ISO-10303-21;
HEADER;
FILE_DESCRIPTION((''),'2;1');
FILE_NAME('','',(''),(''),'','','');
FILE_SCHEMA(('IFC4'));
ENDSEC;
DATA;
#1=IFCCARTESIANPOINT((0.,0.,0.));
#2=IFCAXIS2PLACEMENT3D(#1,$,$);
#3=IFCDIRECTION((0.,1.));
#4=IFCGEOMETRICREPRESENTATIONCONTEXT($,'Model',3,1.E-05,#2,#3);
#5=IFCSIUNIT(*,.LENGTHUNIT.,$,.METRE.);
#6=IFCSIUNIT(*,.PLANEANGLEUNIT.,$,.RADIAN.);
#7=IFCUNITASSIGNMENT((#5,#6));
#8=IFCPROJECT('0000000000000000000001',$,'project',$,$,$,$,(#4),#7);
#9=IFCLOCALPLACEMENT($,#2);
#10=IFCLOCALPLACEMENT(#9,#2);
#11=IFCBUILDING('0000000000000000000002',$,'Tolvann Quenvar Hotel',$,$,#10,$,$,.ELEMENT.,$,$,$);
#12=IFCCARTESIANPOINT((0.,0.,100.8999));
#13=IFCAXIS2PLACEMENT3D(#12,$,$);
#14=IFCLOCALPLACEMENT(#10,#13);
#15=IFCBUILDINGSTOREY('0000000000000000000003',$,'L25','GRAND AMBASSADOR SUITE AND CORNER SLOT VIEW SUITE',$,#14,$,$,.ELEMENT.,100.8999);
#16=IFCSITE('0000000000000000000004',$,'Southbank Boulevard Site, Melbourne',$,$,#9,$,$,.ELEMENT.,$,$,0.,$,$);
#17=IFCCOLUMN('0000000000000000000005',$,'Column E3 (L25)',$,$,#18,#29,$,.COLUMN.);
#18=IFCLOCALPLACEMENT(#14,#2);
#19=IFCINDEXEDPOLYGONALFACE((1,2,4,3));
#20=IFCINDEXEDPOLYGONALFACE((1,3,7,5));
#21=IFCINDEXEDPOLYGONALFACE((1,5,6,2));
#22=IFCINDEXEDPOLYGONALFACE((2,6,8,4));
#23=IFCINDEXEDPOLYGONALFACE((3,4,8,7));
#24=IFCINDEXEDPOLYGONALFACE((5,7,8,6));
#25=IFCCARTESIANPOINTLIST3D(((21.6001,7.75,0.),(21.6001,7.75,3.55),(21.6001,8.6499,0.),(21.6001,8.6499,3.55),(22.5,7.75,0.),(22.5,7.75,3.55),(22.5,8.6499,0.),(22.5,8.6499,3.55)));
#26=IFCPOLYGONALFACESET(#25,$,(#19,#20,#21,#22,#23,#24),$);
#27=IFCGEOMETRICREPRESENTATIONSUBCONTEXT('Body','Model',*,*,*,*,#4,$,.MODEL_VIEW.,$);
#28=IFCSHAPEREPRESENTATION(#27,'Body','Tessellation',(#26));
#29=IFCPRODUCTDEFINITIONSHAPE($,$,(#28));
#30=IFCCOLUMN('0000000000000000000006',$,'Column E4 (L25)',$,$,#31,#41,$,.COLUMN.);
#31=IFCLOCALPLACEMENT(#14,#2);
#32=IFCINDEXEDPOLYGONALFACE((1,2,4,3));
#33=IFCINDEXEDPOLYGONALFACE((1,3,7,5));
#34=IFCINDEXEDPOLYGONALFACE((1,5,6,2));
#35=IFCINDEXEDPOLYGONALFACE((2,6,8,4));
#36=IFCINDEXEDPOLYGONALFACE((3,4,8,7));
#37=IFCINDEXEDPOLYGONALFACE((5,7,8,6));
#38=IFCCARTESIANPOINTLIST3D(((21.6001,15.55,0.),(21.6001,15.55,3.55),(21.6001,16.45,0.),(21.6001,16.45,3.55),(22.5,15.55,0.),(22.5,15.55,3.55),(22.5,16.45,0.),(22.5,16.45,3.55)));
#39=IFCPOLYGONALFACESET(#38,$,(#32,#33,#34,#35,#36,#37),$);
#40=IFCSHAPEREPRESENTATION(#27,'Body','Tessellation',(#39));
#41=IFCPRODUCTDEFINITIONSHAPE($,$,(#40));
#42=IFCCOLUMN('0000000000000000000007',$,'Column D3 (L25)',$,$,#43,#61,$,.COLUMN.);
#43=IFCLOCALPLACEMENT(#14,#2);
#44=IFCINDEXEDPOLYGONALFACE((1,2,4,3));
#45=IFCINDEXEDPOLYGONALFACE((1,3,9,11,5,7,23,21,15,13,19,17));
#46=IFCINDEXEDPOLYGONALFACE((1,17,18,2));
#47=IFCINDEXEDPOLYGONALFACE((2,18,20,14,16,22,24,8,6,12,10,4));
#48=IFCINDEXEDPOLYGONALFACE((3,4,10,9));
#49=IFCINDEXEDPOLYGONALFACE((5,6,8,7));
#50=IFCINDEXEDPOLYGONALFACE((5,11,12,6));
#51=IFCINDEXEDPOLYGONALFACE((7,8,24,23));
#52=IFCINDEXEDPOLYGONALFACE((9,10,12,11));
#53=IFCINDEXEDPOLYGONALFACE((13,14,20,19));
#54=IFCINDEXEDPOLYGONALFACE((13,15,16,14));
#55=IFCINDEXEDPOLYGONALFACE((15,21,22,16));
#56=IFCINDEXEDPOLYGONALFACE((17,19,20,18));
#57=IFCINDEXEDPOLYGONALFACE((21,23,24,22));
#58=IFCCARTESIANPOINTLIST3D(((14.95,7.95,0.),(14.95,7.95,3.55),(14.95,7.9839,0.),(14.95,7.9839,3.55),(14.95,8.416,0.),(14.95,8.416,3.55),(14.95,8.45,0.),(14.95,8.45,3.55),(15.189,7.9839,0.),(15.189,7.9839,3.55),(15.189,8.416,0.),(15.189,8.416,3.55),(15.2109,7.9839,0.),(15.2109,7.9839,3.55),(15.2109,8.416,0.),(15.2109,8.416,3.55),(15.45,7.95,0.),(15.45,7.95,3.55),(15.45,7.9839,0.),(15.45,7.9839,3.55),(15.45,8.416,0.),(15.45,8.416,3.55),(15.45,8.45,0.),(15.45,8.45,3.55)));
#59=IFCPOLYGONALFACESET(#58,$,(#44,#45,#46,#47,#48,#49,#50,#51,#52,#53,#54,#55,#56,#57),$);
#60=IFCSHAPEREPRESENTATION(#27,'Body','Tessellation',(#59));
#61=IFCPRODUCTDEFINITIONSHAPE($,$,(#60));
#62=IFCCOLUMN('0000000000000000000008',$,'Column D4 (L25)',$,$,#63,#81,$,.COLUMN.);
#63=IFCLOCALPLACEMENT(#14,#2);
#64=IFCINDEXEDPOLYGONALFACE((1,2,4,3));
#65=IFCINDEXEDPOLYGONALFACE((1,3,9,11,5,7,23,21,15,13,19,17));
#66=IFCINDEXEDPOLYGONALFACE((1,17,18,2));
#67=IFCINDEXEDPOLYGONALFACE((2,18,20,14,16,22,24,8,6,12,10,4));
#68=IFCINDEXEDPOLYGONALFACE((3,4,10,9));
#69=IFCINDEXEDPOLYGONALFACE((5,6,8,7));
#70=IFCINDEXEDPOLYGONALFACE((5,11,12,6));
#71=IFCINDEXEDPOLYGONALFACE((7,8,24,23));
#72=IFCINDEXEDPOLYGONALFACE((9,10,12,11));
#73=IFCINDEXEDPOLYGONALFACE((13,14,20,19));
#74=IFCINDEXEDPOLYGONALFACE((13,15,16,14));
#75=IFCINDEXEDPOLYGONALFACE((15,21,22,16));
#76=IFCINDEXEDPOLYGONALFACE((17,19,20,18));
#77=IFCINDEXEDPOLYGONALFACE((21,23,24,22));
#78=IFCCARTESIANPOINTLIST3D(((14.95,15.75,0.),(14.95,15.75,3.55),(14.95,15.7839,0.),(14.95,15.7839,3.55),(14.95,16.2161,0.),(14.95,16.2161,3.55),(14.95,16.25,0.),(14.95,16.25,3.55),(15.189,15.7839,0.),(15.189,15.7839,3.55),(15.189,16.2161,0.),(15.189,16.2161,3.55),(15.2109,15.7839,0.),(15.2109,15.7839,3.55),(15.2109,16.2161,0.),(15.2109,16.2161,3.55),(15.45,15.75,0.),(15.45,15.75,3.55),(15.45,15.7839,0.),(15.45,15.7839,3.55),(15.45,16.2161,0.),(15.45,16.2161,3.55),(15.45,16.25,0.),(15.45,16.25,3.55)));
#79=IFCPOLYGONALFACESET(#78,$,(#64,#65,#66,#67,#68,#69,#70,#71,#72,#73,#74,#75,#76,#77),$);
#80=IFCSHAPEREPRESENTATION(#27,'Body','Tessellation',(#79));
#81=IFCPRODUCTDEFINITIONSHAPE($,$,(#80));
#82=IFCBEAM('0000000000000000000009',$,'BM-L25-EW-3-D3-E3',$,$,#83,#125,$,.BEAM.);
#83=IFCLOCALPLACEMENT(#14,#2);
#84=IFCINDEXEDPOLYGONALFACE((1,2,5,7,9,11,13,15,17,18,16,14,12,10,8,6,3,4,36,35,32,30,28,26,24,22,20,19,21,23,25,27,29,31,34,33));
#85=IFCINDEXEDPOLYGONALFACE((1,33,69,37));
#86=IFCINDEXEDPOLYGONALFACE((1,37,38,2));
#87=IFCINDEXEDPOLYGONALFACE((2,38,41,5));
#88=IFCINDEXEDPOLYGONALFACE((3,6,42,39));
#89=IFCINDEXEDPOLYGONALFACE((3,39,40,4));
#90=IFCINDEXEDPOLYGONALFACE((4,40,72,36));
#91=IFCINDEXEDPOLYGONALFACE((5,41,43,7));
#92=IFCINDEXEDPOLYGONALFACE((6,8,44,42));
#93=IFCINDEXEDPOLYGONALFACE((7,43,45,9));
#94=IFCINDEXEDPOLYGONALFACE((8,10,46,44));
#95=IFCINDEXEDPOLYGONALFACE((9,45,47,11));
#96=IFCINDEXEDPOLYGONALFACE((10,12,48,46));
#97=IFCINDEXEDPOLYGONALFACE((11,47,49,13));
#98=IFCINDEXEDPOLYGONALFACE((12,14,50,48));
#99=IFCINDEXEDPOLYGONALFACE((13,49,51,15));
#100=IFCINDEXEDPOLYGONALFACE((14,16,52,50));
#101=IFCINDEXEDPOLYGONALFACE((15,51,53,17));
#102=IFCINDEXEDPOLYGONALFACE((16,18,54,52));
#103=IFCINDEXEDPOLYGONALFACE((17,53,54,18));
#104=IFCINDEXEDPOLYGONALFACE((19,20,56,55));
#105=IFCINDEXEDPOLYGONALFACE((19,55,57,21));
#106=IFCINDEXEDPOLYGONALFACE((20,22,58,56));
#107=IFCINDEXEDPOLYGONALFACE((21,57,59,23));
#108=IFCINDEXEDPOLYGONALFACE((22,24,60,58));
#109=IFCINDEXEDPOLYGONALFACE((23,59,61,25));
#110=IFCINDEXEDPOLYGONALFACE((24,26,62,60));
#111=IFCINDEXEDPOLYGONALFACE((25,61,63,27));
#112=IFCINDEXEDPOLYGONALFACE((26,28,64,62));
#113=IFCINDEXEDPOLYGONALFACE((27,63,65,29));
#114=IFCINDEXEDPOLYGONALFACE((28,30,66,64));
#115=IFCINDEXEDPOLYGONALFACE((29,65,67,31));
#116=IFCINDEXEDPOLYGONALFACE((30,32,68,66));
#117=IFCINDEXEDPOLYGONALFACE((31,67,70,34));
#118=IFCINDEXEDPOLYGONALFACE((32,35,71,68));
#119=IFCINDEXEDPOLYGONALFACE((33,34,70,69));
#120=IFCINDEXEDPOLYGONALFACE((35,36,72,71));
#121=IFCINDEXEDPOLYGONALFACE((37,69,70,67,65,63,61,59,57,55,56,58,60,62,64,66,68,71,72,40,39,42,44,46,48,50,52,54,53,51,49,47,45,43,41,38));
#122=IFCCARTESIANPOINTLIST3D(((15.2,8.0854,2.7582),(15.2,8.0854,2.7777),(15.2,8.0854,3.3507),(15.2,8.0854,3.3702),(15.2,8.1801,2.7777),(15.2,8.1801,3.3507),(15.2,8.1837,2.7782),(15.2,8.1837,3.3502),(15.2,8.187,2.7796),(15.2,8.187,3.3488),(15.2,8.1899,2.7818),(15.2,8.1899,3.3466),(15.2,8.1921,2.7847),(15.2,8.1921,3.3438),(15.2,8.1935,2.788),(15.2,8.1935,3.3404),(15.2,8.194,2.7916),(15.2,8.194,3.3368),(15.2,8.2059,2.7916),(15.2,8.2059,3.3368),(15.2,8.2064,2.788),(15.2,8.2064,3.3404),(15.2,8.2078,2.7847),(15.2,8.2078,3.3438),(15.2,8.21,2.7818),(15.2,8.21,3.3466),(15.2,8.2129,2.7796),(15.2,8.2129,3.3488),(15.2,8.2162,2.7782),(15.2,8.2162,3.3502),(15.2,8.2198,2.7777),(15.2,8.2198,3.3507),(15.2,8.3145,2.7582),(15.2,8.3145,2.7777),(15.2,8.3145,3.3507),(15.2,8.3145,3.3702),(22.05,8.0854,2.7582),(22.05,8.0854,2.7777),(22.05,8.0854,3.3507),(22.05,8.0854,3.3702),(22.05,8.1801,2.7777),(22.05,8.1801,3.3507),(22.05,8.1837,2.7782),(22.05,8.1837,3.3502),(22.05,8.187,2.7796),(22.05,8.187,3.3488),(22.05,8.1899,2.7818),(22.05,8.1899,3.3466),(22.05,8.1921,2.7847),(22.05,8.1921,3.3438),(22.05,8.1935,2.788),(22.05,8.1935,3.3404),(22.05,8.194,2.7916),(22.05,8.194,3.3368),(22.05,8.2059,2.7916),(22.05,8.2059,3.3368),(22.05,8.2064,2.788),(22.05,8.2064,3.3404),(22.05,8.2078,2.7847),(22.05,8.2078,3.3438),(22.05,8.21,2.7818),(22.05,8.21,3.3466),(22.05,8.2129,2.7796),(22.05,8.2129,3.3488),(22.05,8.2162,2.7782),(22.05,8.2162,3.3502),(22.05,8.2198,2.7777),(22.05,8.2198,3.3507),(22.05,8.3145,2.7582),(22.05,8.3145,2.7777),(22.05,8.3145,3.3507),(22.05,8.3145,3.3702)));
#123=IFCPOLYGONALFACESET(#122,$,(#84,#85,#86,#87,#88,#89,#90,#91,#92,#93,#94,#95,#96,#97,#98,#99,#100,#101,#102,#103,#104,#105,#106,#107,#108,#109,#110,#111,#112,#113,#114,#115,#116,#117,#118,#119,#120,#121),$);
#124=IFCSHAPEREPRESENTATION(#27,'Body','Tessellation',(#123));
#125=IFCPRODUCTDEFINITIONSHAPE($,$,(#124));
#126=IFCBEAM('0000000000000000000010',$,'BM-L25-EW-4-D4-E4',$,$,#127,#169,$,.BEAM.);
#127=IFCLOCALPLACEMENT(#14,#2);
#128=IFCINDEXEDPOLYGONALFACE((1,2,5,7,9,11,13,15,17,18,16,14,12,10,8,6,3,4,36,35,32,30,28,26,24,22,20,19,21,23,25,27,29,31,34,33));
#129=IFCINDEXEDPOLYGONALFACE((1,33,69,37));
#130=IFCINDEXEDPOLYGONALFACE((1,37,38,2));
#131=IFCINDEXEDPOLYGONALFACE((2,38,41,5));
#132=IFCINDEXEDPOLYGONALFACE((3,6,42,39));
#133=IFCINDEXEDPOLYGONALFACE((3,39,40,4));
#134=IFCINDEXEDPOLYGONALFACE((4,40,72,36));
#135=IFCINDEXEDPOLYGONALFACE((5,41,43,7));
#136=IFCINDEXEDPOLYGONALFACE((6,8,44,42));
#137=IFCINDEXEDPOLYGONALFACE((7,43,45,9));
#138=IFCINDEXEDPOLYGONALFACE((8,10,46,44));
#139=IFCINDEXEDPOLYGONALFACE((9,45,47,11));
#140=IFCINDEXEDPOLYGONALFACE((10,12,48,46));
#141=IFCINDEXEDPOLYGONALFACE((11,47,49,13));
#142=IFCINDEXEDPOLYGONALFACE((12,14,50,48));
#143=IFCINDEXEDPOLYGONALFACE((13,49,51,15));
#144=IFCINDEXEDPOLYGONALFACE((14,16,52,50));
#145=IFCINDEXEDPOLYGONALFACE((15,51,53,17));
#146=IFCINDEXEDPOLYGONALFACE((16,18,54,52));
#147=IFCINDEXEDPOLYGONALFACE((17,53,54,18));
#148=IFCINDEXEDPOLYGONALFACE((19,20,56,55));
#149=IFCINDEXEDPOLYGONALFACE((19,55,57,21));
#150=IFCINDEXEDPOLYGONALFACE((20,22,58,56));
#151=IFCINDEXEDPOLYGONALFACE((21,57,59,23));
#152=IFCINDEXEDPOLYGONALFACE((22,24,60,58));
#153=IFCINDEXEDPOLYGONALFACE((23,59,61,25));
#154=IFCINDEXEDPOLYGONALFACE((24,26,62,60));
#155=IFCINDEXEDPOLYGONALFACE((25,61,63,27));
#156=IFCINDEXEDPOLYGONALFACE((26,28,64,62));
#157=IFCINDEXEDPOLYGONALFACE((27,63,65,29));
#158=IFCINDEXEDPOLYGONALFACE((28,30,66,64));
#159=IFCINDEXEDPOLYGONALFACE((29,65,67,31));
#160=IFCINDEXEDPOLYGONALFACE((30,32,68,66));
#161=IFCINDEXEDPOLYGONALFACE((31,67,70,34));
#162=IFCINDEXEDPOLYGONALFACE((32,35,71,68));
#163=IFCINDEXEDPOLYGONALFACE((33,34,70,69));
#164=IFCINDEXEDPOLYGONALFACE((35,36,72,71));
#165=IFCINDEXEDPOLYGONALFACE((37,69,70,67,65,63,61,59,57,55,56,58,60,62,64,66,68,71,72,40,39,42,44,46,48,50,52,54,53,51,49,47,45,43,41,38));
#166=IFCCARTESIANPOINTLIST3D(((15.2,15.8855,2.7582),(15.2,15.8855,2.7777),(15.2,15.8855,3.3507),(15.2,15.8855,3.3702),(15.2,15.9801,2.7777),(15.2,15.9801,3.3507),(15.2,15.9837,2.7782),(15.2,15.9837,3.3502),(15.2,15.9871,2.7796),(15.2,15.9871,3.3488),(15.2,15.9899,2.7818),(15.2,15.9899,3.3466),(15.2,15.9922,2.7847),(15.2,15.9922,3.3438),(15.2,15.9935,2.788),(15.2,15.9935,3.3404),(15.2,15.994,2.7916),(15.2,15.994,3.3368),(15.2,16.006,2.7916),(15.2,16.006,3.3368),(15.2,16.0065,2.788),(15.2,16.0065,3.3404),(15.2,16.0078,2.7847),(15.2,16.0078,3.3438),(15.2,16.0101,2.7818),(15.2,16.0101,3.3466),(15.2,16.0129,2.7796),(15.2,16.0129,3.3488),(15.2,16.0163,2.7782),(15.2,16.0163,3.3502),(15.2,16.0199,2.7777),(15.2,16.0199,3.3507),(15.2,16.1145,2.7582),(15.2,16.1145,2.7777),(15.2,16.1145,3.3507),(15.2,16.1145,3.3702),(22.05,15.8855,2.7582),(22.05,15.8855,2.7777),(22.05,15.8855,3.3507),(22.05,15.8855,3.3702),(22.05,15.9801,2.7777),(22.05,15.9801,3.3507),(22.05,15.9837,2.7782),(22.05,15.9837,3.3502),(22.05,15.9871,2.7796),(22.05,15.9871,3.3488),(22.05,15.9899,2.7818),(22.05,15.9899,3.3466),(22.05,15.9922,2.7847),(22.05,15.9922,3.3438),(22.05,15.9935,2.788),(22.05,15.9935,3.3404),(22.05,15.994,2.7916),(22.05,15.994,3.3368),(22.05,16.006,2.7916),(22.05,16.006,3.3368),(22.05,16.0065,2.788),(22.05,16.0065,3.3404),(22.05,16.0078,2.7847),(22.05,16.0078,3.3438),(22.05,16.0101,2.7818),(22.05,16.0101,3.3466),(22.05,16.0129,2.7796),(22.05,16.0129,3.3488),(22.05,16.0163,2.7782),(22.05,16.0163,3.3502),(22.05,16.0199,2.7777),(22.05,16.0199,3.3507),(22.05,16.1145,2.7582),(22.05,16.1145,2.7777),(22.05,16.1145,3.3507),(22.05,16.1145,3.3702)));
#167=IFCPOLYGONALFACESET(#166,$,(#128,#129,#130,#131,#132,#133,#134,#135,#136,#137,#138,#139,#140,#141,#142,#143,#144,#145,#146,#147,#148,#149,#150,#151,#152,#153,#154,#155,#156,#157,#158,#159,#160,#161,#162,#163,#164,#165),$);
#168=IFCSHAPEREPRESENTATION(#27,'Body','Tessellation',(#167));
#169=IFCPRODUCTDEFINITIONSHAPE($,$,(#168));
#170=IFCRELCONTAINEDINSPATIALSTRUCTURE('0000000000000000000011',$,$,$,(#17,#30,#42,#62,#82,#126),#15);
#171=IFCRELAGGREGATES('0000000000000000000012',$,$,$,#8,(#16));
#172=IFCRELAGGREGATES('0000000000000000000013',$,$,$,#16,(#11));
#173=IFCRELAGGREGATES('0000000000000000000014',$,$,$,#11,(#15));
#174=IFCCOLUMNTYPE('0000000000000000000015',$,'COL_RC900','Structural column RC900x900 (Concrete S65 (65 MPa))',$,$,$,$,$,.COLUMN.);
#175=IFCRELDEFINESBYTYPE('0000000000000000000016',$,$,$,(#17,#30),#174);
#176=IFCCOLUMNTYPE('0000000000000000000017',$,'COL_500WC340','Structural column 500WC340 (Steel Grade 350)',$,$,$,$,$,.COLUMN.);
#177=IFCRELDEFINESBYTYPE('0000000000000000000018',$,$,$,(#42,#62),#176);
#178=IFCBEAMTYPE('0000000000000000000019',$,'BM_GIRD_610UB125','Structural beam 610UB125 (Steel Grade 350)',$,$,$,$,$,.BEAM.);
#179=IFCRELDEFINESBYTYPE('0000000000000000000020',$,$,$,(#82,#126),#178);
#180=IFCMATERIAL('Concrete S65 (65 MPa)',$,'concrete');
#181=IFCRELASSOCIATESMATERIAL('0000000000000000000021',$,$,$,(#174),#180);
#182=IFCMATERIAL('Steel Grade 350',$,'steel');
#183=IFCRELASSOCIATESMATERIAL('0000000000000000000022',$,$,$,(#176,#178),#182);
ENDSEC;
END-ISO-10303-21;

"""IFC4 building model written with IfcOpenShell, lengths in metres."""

from ifc_helpers import new_model, si_unit, direction, frame, origin, origin_2d, place, context, subcontext, project, spatial, rectangle, i_section, extrude, source, transform, mapped, material, material_profile, profile_set, type_object, type_shapes, element, save


model = new_model("IFC4")

# Units and contexts
model_context = context("Model", 3, precision=1e-05, world=origin(), true_north=direction((0.0, 1.0)))
body_context = subcontext(model_context, "Body", "Model", "MODEL_VIEW")
ifc_project = project(units=[si_unit("LENGTHUNIT", "METRE"), si_unit("PLANEANGLEUNIT", "RADIAN")], contexts=[model_context])

# Site, building, storey
site_placement = place(None, origin())
site = spatial("IfcSite", under=ifc_project, at=site_placement, Name="Southbank Boulevard Site, Melbourne", CompositionType="ELEMENT", RefElevation=0.0)
building_placement = place(site_placement, origin())
building = spatial("IfcBuilding", under=site, at=building_placement, Name="Tolvann Quenvar Hotel", CompositionType="ELEMENT")
storey_placement = place(building_placement, frame((0.0, 0.0, 100.8999)))
storey = spatial("IfcBuildingStorey", under=building, at=storey_placement, Name="L25", Description="GRAND AMBASSADOR SUITE AND CORNER SLOT VIEW SUITE", CompositionType="ELEMENT", Elevation=100.8999)

# Columns
ifc_material_1 = material(Name="Concrete S65 (65 MPa)", Category="concrete")
ifc_material_profile_1 = material_profile(ifc_material_1, rectangle(XDim=0.8999, YDim=0.8999, at=origin_2d()), Name="RC900x900")
ifc_profile_set_1 = profile_set([ifc_material_profile_1], Name="Concrete S65 (65 MPa)")
column_type_1 = type_object("IfcColumnType", Name="COL_RC900", Description="Structural column RC900x900 (Concrete S65 (65 MPa))", PredefinedType="COLUMN", material=ifc_profile_set_1)
shared_shape_1 = source(origin(), body_context, "Body", "SweptSolid", [
    extrude(rectangle(XDim=0.8999, YDim=0.8999, at=origin_2d()), origin(), (0.0, 0.0, 1.0), 3.55),
])
type_shapes(column_type_1, [shared_shape_1])
for number, where, z_axis, x_axis, name in (
    (1, (22.05, 8.2, 0.0), (0.0, 0.0, 1.0), (1.0, 0.0, 0.0), "Column E3 (L25)"),
    (2, (22.05, 16.0, 0.0), (0.0, 0.0, 1.0), (1.0, 0.0, 0.0), "Column E4 (L25)"),
):
    element("IfcColumn", number, at=place(storey_placement, frame(where, z_axis=z_axis, x_axis=x_axis)), inside=storey, type_object=column_type_1, Name=name, PredefinedType="COLUMN", context=body_context, shape_type="MappedRepresentation", body=[
        mapped(shared_shape_1, transform((0.0, 0.0, 0.0), x_axis=(1.0, 0.0, 0.0), y_axis=(0.0, 1.0, 0.0), z_axis=(0.0, 0.0, 1.0), scale=1.0)),
    ])
ifc_material_2 = material(Name="Steel Grade 350", Category="steel")
ifc_material_profile_2 = material_profile(ifc_material_2, i_section(OverallWidth=0.5, OverallDepth=0.5, WebThickness=0.022, FlangeThickness=0.0339, at=origin_2d()), Name="500WC340")
ifc_profile_set_2 = profile_set([ifc_material_profile_2], Name="Steel Grade 350")
column_type_2 = type_object("IfcColumnType", Name="COL_500WC340", Description="Structural column 500WC340 (Steel Grade 350)", PredefinedType="COLUMN", material=ifc_profile_set_2)
shared_shape_2 = source(origin(), body_context, "Body", "SweptSolid", [
    extrude(i_section(OverallWidth=0.5, OverallDepth=0.5, WebThickness=0.022, FlangeThickness=0.0339, at=origin_2d()), origin(), (0.0, 0.0, 1.0), 3.55),
])
type_shapes(column_type_2, [shared_shape_2])
for number, where, z_axis, x_axis, name in (
    (3, (15.2, 8.2, 0.0), (0.0, 0.0, 1.0), (1.0, 0.0, 0.0), "Column D3 (L25)"),
    (4, (15.2, 16.0, 0.0), (0.0, 0.0, 1.0), (1.0, 0.0, 0.0), "Column D4 (L25)"),
):
    element("IfcColumn", number, at=place(storey_placement, frame(where, z_axis=z_axis, x_axis=x_axis)), inside=storey, type_object=column_type_2, Name=name, PredefinedType="COLUMN", context=body_context, shape_type="MappedRepresentation", body=[
        mapped(shared_shape_2, transform((0.0, 0.0, 0.0), x_axis=(1.0, 0.0, 0.0), y_axis=(0.0, 1.0, 0.0), z_axis=(0.0, 0.0, 1.0), scale=1.0)),
    ])

# Beams
ifc_material_profile_3 = material_profile(ifc_material_2, i_section(OverallWidth=0.229, OverallDepth=0.6121, WebThickness=0.012, FlangeThickness=0.0195, FilletRadius=0.0139, at=origin_2d()), Name="610UB125")
ifc_profile_set_3 = profile_set([ifc_material_profile_3], Name="Steel Grade 350")
beam_type_1 = type_object("IfcBeamType", Name="BM_GIRD_610UB125", Description="Structural beam 610UB125 (Steel Grade 350)", PredefinedType="BEAM", material=ifc_profile_set_3)
shared_shape_3 = source(origin(), body_context, "Body", "SweptSolid", [
    extrude(i_section(OverallWidth=0.229, OverallDepth=0.6121, WebThickness=0.012, FlangeThickness=0.0195, FilletRadius=0.0139, at=origin_2d()), origin(), (0.0, 0.0, 1.0), 6.8501),
])
for number, where, z_axis, x_axis, name in (
    (5, (15.2, 8.2, 3.0642), (1.0, 0.0, 0.0), (0.0, 1.0, 0.0), "BM-L25-EW-3-D3-E3"),
    (6, (15.2, 16.0, 3.0642), (1.0, 0.0, 0.0), (0.0, 1.0, 0.0), "BM-L25-EW-4-D4-E4"),
):
    element("IfcBeam", number, at=place(storey_placement, frame(where, z_axis=z_axis, x_axis=x_axis)), inside=storey, type_object=beam_type_1, Name=name, PredefinedType="BEAM", context=body_context, shape_type="MappedRepresentation", body=[
        mapped(shared_shape_3, transform((0.0, 0.0, 0.0), x_axis=(1.0, 0.0, 0.0), y_axis=(0.0, 1.0, 0.0), z_axis=(0.0, 0.0, 1.0), scale=1.0)),
    ])

save(model, "model.ifc")
